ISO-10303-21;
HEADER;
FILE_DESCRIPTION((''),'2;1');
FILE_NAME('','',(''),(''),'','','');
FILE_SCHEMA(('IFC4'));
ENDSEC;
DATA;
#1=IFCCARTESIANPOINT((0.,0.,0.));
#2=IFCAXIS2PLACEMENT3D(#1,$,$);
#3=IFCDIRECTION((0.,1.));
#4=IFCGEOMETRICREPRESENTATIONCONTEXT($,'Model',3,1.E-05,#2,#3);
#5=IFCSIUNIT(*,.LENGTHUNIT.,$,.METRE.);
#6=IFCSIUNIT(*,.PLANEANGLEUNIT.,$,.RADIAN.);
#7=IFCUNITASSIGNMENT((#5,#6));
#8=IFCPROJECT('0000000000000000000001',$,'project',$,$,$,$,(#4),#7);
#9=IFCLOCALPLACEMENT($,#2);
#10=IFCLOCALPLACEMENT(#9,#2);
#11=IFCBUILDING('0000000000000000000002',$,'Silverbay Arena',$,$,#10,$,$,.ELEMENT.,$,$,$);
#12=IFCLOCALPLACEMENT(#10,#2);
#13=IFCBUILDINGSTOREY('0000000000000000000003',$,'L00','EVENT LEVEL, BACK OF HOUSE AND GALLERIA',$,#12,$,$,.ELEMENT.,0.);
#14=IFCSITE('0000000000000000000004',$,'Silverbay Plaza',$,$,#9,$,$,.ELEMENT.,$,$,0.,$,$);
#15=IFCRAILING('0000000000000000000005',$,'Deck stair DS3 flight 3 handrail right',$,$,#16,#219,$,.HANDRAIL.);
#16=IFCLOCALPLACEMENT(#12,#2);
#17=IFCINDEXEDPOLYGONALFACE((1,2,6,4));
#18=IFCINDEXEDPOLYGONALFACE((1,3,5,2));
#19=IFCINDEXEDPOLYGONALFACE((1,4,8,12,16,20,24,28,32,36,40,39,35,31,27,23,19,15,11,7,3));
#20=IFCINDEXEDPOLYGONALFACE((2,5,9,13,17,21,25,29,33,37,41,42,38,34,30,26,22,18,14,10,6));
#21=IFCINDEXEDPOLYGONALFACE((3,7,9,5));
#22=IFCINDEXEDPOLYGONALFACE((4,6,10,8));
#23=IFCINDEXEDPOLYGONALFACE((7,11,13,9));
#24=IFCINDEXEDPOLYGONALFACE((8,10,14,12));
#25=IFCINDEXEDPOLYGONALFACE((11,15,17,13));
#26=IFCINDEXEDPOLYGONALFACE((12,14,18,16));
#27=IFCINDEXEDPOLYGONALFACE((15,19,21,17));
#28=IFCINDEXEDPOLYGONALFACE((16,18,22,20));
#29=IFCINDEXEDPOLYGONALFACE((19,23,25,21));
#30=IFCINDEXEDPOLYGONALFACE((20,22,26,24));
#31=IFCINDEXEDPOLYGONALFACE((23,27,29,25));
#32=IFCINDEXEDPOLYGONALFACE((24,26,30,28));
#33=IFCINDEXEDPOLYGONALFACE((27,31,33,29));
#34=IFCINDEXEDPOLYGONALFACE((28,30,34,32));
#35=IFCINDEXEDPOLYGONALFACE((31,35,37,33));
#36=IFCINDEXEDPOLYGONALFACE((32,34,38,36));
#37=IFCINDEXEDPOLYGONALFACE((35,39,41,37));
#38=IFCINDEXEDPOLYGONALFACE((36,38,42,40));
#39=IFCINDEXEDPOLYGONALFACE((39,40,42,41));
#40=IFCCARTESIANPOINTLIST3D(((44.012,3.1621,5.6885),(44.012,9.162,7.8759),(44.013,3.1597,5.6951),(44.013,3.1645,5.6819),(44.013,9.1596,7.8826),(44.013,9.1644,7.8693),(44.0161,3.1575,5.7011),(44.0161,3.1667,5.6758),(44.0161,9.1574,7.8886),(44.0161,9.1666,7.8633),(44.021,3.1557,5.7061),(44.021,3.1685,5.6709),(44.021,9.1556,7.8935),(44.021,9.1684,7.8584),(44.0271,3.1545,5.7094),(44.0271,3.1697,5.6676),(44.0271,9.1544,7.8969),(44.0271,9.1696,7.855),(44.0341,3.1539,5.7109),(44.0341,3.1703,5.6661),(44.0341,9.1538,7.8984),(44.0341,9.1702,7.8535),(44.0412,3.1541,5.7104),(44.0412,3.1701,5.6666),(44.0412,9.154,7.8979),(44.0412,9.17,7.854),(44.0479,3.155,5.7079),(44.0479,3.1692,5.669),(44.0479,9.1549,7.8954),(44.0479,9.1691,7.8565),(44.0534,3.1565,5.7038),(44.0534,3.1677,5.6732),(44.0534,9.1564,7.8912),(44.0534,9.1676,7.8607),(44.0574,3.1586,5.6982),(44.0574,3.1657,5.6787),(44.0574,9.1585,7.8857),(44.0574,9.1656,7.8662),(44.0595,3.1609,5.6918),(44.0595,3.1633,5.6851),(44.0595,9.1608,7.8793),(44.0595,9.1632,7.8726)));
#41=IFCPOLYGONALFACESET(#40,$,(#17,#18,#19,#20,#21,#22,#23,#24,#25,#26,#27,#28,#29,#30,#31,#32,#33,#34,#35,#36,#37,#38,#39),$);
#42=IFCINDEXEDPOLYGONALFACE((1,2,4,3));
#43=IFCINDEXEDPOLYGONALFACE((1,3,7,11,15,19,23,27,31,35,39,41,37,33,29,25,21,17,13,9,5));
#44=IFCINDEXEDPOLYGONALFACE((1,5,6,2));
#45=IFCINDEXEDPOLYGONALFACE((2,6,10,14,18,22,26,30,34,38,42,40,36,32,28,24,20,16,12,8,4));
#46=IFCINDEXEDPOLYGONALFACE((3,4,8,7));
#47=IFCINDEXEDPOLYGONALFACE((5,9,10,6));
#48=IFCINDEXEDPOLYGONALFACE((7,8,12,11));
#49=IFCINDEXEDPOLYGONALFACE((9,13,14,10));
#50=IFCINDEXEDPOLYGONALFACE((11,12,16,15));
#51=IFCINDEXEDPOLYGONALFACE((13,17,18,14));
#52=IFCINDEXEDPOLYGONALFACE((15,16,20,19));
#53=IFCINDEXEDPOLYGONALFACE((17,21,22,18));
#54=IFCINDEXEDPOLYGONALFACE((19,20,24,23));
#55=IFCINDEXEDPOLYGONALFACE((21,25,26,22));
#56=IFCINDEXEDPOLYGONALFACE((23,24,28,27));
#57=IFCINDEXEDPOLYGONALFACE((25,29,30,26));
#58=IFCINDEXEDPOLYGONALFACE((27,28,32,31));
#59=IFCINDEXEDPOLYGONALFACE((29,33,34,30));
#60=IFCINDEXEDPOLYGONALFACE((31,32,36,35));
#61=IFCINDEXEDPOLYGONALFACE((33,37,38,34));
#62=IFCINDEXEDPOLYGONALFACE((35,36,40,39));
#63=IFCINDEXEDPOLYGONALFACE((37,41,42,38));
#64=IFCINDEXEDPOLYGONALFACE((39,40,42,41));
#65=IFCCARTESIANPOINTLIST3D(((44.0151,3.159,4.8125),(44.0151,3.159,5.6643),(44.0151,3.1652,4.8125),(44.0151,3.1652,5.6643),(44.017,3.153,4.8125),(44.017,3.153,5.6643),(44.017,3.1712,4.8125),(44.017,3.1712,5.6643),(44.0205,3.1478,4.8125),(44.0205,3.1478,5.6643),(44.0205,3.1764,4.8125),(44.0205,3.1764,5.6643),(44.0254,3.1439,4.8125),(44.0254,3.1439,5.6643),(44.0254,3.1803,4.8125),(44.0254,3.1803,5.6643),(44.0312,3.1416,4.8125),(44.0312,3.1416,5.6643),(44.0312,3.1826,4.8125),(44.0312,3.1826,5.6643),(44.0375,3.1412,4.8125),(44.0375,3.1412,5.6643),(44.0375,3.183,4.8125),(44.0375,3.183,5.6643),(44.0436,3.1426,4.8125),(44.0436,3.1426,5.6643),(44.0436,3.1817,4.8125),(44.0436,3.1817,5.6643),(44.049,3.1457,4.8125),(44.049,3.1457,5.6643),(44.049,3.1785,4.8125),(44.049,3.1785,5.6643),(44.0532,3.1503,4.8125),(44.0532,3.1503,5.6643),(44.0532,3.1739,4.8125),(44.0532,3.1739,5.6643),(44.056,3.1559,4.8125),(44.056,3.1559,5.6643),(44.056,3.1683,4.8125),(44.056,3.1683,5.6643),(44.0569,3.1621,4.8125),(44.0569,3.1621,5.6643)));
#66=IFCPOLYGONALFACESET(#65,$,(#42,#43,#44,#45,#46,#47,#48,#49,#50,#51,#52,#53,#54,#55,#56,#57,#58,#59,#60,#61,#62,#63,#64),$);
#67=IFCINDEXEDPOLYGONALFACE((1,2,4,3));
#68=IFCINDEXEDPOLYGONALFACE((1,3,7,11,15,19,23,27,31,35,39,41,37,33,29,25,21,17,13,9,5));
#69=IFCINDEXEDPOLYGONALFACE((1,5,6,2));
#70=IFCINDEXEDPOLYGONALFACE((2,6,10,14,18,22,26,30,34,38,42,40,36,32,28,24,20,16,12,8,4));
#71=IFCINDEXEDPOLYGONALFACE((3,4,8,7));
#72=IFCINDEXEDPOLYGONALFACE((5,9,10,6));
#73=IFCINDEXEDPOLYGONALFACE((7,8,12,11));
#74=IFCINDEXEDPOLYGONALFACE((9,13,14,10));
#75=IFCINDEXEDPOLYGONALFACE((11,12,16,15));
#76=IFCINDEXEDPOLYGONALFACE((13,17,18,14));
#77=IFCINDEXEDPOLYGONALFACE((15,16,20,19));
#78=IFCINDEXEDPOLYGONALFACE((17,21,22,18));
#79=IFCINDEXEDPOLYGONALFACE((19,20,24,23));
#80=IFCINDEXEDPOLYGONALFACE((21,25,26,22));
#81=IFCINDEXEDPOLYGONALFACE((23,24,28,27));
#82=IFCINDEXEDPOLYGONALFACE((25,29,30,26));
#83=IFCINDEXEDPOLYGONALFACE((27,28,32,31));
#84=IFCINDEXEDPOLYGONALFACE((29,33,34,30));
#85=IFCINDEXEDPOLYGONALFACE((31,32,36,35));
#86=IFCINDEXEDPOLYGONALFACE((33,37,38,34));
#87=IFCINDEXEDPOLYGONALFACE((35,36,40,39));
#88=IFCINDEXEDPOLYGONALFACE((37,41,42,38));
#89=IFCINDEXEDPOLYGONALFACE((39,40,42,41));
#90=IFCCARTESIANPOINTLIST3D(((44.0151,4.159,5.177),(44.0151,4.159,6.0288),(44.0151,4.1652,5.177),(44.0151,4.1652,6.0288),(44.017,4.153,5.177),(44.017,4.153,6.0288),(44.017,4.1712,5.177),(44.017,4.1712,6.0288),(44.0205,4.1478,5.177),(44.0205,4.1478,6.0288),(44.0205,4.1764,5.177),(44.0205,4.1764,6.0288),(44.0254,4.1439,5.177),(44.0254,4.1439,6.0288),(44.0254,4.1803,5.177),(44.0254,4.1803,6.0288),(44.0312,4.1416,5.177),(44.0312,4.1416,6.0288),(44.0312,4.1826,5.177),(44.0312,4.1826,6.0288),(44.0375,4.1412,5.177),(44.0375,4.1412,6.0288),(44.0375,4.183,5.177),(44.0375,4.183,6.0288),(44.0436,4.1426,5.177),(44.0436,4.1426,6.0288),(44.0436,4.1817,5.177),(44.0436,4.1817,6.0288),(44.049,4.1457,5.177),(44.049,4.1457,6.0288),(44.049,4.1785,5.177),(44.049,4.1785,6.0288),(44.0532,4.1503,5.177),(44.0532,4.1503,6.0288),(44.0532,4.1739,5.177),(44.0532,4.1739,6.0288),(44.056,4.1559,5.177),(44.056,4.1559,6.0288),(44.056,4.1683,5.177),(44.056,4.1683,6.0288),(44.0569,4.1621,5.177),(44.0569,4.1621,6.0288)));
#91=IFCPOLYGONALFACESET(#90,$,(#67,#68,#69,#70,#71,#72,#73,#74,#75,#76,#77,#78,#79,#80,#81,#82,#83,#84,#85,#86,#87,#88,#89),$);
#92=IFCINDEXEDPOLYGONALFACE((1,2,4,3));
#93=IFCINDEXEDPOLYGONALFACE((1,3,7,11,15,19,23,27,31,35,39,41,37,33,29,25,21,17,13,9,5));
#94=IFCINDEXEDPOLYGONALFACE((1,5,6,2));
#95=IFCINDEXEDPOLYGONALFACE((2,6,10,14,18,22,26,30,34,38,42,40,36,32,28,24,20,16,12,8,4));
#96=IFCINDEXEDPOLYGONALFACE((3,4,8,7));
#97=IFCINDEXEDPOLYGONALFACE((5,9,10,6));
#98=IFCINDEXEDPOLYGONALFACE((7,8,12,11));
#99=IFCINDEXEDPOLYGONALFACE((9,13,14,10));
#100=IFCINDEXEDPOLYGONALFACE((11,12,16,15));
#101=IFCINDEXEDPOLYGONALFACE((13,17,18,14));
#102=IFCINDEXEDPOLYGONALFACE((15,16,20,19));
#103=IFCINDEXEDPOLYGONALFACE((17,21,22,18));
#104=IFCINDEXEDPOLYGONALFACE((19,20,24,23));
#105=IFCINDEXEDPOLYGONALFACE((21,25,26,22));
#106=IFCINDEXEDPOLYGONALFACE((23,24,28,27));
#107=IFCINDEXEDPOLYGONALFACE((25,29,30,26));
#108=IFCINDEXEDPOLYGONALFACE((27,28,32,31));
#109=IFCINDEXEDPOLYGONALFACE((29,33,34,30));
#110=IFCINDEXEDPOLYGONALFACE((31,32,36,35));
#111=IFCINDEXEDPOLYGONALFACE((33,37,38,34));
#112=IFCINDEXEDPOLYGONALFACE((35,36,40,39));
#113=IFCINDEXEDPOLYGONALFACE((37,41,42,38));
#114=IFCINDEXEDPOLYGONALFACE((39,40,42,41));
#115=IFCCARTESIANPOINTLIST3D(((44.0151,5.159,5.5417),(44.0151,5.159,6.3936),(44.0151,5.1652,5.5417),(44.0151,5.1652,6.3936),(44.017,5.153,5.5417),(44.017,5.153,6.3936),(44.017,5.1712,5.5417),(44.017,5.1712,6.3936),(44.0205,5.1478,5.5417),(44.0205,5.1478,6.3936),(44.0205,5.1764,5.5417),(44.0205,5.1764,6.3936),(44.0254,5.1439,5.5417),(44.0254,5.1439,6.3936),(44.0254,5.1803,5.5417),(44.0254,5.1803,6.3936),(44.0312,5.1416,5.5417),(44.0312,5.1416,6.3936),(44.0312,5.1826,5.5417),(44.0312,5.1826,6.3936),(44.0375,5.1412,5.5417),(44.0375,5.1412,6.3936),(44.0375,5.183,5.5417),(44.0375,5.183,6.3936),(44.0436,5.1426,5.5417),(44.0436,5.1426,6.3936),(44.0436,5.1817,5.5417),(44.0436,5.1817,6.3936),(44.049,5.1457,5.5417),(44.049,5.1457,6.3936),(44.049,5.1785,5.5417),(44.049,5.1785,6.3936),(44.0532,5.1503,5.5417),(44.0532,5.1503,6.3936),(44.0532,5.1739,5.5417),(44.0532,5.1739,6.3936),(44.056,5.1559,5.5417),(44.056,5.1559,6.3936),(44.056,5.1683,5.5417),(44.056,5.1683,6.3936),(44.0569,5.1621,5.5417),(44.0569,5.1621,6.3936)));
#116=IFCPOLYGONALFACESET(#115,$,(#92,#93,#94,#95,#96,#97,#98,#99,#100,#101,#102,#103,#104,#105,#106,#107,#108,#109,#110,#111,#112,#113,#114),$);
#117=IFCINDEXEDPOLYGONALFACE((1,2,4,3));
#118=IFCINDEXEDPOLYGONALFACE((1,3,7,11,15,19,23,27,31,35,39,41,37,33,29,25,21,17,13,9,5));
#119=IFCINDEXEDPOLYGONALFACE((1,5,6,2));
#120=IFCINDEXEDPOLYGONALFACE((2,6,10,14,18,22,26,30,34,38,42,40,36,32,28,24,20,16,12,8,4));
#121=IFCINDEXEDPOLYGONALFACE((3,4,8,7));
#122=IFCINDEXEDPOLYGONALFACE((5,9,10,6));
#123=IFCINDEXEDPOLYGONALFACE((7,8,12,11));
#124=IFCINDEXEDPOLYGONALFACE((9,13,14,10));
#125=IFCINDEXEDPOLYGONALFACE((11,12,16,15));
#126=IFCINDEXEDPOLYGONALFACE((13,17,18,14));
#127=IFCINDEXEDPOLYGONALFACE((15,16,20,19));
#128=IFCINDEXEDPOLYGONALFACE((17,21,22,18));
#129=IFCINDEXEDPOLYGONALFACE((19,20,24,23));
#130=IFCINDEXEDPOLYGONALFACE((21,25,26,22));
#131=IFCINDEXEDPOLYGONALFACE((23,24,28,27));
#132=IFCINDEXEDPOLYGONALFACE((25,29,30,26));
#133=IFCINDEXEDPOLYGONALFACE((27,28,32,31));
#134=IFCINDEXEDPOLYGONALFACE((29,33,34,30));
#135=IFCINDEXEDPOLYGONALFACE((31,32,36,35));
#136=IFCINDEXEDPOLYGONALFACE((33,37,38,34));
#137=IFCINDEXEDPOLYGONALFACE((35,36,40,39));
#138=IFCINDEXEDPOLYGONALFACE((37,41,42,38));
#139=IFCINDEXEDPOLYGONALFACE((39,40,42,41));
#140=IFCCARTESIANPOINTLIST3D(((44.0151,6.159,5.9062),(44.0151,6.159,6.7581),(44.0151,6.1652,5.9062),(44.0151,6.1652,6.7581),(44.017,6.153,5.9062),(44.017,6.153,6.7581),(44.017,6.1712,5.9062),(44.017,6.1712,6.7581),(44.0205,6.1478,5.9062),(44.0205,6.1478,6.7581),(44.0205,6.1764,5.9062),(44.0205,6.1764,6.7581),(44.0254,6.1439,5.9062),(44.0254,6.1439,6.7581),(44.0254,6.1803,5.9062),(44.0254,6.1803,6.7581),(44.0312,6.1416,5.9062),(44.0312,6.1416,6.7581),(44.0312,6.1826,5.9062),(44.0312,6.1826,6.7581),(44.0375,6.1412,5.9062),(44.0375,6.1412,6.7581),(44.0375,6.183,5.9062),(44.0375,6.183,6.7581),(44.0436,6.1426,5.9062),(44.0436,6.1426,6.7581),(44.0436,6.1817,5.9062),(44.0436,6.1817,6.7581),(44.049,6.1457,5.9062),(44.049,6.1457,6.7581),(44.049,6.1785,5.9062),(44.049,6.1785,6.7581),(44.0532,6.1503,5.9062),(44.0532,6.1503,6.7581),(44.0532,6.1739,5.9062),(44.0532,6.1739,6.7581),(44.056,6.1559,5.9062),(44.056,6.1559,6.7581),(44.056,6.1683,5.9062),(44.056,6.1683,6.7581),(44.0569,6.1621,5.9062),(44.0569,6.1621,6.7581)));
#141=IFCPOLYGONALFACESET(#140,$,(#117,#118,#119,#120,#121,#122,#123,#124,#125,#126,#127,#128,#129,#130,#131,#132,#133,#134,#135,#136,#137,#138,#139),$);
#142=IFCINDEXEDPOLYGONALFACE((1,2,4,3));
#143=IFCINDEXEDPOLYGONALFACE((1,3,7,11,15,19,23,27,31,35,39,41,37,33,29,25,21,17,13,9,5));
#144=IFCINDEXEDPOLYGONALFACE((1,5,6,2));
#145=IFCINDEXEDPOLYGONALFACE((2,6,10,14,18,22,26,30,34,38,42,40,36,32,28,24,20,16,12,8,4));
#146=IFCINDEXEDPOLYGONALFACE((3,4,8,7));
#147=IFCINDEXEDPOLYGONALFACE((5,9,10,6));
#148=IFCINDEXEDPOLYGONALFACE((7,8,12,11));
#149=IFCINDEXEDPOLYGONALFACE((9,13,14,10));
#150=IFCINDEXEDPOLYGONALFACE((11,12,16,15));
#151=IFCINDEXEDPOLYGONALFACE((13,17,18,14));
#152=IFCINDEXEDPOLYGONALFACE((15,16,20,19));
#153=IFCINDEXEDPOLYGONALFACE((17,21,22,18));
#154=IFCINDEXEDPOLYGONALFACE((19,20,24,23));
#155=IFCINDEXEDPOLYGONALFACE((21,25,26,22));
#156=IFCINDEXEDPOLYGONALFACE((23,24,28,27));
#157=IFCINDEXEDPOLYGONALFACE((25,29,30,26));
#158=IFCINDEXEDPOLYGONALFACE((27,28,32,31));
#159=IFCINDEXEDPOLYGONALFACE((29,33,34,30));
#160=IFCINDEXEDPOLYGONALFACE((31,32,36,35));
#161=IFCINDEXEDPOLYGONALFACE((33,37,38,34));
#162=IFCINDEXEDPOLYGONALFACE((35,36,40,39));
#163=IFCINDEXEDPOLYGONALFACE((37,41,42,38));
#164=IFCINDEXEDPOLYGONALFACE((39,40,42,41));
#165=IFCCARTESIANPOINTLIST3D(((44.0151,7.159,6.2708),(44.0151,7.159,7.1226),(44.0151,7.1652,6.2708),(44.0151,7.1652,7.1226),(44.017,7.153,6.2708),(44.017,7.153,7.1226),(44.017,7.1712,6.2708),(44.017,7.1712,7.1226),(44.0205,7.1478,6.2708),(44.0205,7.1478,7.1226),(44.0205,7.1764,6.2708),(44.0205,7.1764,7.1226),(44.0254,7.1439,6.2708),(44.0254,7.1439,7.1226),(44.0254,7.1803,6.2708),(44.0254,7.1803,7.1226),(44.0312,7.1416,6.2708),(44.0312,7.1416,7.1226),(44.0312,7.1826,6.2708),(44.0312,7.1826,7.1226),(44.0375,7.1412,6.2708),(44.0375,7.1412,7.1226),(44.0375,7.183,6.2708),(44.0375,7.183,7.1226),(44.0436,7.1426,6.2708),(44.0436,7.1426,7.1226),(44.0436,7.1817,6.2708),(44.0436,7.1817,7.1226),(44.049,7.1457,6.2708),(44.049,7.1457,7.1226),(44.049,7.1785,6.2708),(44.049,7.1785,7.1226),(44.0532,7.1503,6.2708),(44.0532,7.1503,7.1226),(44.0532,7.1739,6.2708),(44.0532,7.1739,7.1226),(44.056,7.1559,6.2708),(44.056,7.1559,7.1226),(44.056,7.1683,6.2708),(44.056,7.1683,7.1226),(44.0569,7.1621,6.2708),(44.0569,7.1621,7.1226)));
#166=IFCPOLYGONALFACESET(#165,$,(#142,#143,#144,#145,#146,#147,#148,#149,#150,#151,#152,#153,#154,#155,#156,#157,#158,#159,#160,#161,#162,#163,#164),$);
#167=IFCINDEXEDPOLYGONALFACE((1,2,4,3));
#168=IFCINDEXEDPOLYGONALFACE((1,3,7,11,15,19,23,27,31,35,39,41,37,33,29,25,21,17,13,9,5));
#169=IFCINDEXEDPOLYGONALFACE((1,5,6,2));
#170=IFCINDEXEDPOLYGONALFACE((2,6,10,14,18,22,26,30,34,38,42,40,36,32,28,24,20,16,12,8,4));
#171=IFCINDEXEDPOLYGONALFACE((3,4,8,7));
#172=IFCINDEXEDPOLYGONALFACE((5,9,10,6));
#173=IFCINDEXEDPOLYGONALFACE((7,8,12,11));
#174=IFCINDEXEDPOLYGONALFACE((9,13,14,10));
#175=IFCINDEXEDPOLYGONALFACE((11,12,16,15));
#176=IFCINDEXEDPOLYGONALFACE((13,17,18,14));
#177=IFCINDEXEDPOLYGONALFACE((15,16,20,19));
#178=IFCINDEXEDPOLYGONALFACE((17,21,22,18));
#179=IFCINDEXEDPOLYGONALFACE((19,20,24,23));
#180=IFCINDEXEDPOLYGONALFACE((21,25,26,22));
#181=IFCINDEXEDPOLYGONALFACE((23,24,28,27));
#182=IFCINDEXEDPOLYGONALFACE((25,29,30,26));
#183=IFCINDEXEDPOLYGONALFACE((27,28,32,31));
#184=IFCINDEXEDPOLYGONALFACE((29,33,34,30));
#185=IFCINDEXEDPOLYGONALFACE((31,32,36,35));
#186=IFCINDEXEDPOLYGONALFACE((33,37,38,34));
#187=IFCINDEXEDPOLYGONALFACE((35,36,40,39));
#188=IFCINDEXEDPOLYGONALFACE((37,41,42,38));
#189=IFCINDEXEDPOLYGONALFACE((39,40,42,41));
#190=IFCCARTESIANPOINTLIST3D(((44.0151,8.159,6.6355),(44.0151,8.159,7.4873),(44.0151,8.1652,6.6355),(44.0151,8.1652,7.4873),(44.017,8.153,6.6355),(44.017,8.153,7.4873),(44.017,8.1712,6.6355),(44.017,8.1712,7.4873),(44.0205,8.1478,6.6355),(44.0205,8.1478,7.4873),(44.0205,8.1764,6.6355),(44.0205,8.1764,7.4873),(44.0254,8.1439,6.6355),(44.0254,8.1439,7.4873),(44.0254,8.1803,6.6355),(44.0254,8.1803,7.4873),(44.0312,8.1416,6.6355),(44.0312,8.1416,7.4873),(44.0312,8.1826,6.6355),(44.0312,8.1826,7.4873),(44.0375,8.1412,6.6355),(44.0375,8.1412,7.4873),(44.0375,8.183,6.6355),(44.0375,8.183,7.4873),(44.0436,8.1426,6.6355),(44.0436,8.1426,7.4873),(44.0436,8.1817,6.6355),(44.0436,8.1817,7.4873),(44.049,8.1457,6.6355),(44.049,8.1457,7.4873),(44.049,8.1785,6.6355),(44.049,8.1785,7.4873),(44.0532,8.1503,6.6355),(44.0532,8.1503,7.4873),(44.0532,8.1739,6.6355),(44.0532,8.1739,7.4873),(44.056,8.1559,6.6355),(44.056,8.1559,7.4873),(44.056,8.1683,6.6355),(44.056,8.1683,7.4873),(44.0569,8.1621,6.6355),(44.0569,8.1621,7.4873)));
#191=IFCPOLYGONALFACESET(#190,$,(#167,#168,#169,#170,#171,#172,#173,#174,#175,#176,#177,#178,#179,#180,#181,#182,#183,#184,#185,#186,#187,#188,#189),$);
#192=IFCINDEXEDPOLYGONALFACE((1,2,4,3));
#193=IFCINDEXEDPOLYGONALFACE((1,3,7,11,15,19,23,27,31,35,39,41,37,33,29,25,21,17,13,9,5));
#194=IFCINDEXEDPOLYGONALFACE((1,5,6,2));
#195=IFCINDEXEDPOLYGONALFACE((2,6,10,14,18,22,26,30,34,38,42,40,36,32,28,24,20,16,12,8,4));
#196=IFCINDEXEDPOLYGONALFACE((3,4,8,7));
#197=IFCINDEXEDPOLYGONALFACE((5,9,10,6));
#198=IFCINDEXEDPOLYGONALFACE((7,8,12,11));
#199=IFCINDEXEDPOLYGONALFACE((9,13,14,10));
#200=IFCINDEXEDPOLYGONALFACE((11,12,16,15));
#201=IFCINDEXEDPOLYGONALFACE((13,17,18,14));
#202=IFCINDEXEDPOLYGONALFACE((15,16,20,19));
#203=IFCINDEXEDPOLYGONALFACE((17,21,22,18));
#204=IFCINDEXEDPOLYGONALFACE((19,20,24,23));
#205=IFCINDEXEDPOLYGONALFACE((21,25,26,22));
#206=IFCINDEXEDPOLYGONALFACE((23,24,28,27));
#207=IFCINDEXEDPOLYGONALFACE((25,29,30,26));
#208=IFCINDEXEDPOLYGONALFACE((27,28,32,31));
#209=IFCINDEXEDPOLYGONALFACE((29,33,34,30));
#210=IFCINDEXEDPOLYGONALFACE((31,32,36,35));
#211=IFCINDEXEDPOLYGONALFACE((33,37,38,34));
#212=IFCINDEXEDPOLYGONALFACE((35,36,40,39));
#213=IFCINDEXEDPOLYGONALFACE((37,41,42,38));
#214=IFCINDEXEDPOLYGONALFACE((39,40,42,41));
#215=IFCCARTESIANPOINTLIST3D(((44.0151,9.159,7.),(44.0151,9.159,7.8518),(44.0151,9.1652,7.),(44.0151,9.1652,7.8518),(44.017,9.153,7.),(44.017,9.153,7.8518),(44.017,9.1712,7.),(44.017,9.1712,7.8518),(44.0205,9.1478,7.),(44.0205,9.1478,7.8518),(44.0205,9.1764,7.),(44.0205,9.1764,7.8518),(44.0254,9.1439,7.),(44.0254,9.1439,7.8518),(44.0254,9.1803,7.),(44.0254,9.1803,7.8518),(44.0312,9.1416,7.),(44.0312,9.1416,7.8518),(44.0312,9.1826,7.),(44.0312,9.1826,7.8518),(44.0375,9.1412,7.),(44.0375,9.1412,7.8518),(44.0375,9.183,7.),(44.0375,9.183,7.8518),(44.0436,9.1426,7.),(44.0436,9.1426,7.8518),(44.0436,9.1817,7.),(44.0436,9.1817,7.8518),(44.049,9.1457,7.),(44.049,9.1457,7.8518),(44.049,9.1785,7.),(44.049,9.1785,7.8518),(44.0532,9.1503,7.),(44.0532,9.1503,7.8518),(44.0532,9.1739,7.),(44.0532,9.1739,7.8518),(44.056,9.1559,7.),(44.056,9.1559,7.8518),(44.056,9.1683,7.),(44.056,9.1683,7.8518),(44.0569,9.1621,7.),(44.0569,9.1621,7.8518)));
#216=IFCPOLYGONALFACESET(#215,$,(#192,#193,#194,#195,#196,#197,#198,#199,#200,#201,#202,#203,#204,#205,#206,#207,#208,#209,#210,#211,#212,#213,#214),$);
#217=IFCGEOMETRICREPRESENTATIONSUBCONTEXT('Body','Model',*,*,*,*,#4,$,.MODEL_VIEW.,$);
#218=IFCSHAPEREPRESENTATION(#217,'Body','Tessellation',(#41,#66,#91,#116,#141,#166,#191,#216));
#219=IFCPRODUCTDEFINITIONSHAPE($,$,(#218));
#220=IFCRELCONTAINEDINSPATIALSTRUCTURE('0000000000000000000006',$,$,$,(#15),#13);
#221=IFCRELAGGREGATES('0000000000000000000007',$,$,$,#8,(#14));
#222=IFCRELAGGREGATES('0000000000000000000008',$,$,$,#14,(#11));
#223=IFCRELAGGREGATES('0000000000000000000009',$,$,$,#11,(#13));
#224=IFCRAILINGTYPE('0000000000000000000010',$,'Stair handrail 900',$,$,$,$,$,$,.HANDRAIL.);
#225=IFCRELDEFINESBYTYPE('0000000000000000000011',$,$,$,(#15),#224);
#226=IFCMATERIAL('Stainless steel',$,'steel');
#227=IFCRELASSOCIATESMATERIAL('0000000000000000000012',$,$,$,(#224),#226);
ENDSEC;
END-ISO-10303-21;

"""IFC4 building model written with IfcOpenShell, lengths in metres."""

from ifc_helpers import new_model, si_unit, direction, frame, origin, origin_2d, place, context, subcontext, project, spatial, circle, extrude, material, type_object, element, save


model = new_model("IFC4")

# Units and contexts
model_context = context("Model", 3, precision=1e-05, world=origin(), true_north=direction((0.0, 1.0)))
body_context = subcontext(model_context, "Body", "Model", "MODEL_VIEW")
ifc_project = project(units=[si_unit("LENGTHUNIT", "METRE"), si_unit("PLANEANGLEUNIT", "RADIAN")], contexts=[model_context])

# Site, building, storey
site_placement = place(None, origin())
site = spatial("IfcSite", under=ifc_project, at=site_placement, Name="Silverbay Plaza", CompositionType="ELEMENT", RefElevation=0.0)
building_placement = place(site_placement, origin())
building = spatial("IfcBuilding", under=site, at=building_placement, Name="Silverbay Arena", CompositionType="ELEMENT")
storey_placement = place(building_placement, origin())
storey = spatial("IfcBuildingStorey", under=building, at=storey_placement, Name="L00", Description="EVENT LEVEL, BACK OF HOUSE AND GALLERIA", CompositionType="ELEMENT", Elevation=0.0)

# Railing
ifc_material_1 = material(Name="Stainless steel", Category="steel")
railing_type_1 = type_object("IfcRailingType", Name="Stair handrail 900", PredefinedType="HANDRAIL", material=ifc_material_1)
for number, where, name in (
    (1, (44.0359, 3.1621, 4.8125), "Deck stair DS3 flight 3 handrail right"),
):
    element("IfcRailing", number, at=place(storey_placement, frame(where)), inside=storey, type_object=railing_type_1, Name=name, PredefinedType="HANDRAIL", context=body_context, shape_type="SweptSolid", body=[
        extrude(circle(Radius=0.0239, at=origin_2d()), frame((0.0, 0.0, 0.876), z_axis=(0.0, 0.939507, 0.342529), x_axis=(-1.0, 0.0, 0.0)), (0.0, 0.0, 1.0), 6.3862),
        extrude(circle(Radius=0.021, at=origin_2d()), origin(), (0.0, 0.0, 1.0), 0.8518),
        extrude(circle(Radius=0.021, at=origin_2d()), frame((0.0, 1.0, 0.3645)), (0.0, 0.0, 1.0), 0.8518),
        extrude(circle(Radius=0.021, at=origin_2d()), frame((0.0, 2.0, 0.7292)), (0.0, 0.0, 1.0), 0.8518),
        extrude(circle(Radius=0.021, at=origin_2d()), frame((0.0, 3.0, 1.0938)), (0.0, 0.0, 1.0), 0.8518),
        extrude(circle(Radius=0.021, at=origin_2d()), frame((0.0, 4.0, 1.4583)), (0.0, 0.0, 1.0), 0.8518),
        extrude(circle(Radius=0.021, at=origin_2d()), frame((0.0, 5.0, 1.823)), (0.0, 0.0, 1.0), 0.8518),
        extrude(circle(Radius=0.021, at=origin_2d()), frame((0.0, 6.0, 2.1875)), (0.0, 0.0, 1.0), 0.8518),
    ])

save(model, "model.ifc")
